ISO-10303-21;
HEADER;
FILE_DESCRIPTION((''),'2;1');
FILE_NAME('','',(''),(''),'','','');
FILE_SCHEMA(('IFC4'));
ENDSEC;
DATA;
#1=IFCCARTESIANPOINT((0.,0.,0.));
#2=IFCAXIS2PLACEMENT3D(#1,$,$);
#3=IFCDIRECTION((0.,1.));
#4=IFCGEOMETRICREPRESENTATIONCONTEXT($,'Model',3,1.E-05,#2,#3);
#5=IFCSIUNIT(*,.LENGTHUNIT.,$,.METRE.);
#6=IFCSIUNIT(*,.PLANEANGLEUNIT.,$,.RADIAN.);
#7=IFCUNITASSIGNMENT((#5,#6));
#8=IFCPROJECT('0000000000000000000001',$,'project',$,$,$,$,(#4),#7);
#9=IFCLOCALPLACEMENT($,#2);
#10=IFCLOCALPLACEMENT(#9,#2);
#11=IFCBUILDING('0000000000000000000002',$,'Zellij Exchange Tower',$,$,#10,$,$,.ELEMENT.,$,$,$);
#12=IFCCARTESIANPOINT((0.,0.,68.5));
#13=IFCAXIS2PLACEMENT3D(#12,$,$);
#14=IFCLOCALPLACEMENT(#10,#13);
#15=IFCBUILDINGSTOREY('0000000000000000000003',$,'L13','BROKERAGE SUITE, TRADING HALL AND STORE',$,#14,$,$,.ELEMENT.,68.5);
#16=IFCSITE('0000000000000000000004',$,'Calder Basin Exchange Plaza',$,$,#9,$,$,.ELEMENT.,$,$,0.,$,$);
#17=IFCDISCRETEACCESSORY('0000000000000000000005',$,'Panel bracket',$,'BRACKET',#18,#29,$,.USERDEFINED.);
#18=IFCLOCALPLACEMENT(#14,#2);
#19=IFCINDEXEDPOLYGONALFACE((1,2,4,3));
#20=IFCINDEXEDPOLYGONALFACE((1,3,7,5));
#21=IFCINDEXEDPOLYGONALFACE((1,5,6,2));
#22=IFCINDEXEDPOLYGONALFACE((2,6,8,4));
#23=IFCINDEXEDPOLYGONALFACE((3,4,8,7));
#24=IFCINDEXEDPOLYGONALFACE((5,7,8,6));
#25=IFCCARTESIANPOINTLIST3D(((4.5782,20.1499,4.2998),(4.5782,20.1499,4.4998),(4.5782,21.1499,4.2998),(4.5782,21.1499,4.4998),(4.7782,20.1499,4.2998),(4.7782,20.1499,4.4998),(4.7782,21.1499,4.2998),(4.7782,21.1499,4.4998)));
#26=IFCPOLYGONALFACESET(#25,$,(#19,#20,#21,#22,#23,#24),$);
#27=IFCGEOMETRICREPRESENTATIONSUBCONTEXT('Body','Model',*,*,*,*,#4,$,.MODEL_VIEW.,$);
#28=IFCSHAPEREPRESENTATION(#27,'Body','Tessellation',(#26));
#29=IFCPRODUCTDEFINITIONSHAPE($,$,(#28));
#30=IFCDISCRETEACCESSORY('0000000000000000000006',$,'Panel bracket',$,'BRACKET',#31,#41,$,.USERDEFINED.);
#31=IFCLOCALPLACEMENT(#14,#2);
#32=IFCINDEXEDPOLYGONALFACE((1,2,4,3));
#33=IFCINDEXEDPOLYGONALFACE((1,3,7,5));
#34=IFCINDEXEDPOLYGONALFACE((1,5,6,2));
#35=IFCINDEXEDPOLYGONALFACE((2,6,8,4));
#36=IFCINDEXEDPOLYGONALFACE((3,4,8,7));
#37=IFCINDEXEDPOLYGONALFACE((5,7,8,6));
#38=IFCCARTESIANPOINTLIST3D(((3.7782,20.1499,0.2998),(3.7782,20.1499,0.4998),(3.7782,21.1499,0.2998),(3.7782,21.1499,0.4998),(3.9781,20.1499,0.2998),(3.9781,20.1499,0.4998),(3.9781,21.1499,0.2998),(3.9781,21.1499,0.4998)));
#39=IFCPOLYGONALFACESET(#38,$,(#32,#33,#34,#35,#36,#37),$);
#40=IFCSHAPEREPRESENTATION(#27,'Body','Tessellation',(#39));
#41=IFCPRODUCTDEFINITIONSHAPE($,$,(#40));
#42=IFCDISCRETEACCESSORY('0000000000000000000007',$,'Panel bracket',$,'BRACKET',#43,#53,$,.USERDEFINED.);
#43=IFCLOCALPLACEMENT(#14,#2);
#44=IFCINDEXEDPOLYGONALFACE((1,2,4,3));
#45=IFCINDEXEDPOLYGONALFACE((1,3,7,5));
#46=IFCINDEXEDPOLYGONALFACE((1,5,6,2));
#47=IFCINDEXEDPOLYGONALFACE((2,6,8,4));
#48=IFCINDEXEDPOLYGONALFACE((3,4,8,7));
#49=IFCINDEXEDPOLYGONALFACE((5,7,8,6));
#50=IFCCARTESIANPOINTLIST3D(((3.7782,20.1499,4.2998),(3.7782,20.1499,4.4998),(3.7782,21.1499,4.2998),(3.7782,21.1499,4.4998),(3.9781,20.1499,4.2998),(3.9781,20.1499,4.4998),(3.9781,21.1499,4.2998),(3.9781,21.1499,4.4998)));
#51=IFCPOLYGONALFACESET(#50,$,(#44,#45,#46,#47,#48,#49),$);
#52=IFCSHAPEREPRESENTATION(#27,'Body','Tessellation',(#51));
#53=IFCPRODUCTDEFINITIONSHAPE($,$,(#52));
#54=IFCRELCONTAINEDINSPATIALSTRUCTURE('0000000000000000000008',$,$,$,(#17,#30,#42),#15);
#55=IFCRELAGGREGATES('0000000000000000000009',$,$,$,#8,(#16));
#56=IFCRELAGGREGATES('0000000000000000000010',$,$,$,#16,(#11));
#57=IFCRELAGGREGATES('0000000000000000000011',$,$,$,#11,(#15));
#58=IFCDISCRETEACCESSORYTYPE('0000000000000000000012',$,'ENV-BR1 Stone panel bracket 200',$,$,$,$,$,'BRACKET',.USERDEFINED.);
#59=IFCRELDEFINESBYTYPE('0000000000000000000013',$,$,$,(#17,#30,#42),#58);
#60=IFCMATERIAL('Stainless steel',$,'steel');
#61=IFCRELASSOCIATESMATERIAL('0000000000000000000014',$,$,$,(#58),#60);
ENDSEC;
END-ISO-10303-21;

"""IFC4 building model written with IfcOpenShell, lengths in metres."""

from ifc_helpers import new_model, si_unit, direction, frame, origin, origin_2d, place, context, subcontext, project, spatial, rectangle, extrude, material, type_object, element, save


model = new_model("IFC4")

# Units and contexts
model_context = context("Model", 3, precision=1e-05, world=origin(), true_north=direction((0.0, 1.0)))
body_context = subcontext(model_context, "Body", "Model", "MODEL_VIEW")
ifc_project = project(units=[si_unit("LENGTHUNIT", "METRE"), si_unit("PLANEANGLEUNIT", "RADIAN")], contexts=[model_context])

# Site, building, storey
site_placement = place(None, origin())
site = spatial("IfcSite", under=ifc_project, at=site_placement, Name="Calder Basin Exchange Plaza", CompositionType="ELEMENT", RefElevation=0.0)
building_placement = place(site_placement, origin())
building = spatial("IfcBuilding", under=site, at=building_placement, Name="Zellij Exchange Tower", CompositionType="ELEMENT")
storey_placement = place(building_placement, frame((0.0, 0.0, 68.5)))
storey = spatial("IfcBuildingStorey", under=building, at=storey_placement, Name="L13", Description="BROKERAGE SUITE, TRADING HALL AND STORE", CompositionType="ELEMENT", Elevation=68.5)

# Discrete accessories
ifc_material_1 = material(Name="Stainless steel", Category="steel")
discrete_accessory_type = type_object("IfcDiscreteAccessoryType", Name="ENV-BR1 Stone panel bracket 200", ElementType="BRACKET", PredefinedType="USERDEFINED", material=ifc_material_1)
for number, where, z_axis, x_axis, name in (
    (1, (4.6782, 20.6499, 4.2998), (0.0, 0.0, 1.0), (-1.0, 0.0, 0.0), "Panel bracket"),
    (2, (3.8782, 20.6499, 0.2998), (0.0, 0.0, 1.0), (-1.0, 0.0, 0.0), "Panel bracket"),
    (3, (3.8782, 20.6499, 4.2998), (0.0, 0.0, 1.0), (-1.0, 0.0, 0.0), "Panel bracket"),
):
    element("IfcDiscreteAccessory", number, at=place(storey_placement, frame(where, z_axis=z_axis, x_axis=x_axis)), inside=storey, type_object=discrete_accessory_type, Name=name, ObjectType="BRACKET", PredefinedType="USERDEFINED", context=body_context, shape_type="SweptSolid", body=[
        extrude(rectangle(XDim=0.2, YDim=1.0, at=origin_2d()), origin(), (0.0, 0.0, 1.0), 0.2),
    ])

save(model, "model.ifc")
